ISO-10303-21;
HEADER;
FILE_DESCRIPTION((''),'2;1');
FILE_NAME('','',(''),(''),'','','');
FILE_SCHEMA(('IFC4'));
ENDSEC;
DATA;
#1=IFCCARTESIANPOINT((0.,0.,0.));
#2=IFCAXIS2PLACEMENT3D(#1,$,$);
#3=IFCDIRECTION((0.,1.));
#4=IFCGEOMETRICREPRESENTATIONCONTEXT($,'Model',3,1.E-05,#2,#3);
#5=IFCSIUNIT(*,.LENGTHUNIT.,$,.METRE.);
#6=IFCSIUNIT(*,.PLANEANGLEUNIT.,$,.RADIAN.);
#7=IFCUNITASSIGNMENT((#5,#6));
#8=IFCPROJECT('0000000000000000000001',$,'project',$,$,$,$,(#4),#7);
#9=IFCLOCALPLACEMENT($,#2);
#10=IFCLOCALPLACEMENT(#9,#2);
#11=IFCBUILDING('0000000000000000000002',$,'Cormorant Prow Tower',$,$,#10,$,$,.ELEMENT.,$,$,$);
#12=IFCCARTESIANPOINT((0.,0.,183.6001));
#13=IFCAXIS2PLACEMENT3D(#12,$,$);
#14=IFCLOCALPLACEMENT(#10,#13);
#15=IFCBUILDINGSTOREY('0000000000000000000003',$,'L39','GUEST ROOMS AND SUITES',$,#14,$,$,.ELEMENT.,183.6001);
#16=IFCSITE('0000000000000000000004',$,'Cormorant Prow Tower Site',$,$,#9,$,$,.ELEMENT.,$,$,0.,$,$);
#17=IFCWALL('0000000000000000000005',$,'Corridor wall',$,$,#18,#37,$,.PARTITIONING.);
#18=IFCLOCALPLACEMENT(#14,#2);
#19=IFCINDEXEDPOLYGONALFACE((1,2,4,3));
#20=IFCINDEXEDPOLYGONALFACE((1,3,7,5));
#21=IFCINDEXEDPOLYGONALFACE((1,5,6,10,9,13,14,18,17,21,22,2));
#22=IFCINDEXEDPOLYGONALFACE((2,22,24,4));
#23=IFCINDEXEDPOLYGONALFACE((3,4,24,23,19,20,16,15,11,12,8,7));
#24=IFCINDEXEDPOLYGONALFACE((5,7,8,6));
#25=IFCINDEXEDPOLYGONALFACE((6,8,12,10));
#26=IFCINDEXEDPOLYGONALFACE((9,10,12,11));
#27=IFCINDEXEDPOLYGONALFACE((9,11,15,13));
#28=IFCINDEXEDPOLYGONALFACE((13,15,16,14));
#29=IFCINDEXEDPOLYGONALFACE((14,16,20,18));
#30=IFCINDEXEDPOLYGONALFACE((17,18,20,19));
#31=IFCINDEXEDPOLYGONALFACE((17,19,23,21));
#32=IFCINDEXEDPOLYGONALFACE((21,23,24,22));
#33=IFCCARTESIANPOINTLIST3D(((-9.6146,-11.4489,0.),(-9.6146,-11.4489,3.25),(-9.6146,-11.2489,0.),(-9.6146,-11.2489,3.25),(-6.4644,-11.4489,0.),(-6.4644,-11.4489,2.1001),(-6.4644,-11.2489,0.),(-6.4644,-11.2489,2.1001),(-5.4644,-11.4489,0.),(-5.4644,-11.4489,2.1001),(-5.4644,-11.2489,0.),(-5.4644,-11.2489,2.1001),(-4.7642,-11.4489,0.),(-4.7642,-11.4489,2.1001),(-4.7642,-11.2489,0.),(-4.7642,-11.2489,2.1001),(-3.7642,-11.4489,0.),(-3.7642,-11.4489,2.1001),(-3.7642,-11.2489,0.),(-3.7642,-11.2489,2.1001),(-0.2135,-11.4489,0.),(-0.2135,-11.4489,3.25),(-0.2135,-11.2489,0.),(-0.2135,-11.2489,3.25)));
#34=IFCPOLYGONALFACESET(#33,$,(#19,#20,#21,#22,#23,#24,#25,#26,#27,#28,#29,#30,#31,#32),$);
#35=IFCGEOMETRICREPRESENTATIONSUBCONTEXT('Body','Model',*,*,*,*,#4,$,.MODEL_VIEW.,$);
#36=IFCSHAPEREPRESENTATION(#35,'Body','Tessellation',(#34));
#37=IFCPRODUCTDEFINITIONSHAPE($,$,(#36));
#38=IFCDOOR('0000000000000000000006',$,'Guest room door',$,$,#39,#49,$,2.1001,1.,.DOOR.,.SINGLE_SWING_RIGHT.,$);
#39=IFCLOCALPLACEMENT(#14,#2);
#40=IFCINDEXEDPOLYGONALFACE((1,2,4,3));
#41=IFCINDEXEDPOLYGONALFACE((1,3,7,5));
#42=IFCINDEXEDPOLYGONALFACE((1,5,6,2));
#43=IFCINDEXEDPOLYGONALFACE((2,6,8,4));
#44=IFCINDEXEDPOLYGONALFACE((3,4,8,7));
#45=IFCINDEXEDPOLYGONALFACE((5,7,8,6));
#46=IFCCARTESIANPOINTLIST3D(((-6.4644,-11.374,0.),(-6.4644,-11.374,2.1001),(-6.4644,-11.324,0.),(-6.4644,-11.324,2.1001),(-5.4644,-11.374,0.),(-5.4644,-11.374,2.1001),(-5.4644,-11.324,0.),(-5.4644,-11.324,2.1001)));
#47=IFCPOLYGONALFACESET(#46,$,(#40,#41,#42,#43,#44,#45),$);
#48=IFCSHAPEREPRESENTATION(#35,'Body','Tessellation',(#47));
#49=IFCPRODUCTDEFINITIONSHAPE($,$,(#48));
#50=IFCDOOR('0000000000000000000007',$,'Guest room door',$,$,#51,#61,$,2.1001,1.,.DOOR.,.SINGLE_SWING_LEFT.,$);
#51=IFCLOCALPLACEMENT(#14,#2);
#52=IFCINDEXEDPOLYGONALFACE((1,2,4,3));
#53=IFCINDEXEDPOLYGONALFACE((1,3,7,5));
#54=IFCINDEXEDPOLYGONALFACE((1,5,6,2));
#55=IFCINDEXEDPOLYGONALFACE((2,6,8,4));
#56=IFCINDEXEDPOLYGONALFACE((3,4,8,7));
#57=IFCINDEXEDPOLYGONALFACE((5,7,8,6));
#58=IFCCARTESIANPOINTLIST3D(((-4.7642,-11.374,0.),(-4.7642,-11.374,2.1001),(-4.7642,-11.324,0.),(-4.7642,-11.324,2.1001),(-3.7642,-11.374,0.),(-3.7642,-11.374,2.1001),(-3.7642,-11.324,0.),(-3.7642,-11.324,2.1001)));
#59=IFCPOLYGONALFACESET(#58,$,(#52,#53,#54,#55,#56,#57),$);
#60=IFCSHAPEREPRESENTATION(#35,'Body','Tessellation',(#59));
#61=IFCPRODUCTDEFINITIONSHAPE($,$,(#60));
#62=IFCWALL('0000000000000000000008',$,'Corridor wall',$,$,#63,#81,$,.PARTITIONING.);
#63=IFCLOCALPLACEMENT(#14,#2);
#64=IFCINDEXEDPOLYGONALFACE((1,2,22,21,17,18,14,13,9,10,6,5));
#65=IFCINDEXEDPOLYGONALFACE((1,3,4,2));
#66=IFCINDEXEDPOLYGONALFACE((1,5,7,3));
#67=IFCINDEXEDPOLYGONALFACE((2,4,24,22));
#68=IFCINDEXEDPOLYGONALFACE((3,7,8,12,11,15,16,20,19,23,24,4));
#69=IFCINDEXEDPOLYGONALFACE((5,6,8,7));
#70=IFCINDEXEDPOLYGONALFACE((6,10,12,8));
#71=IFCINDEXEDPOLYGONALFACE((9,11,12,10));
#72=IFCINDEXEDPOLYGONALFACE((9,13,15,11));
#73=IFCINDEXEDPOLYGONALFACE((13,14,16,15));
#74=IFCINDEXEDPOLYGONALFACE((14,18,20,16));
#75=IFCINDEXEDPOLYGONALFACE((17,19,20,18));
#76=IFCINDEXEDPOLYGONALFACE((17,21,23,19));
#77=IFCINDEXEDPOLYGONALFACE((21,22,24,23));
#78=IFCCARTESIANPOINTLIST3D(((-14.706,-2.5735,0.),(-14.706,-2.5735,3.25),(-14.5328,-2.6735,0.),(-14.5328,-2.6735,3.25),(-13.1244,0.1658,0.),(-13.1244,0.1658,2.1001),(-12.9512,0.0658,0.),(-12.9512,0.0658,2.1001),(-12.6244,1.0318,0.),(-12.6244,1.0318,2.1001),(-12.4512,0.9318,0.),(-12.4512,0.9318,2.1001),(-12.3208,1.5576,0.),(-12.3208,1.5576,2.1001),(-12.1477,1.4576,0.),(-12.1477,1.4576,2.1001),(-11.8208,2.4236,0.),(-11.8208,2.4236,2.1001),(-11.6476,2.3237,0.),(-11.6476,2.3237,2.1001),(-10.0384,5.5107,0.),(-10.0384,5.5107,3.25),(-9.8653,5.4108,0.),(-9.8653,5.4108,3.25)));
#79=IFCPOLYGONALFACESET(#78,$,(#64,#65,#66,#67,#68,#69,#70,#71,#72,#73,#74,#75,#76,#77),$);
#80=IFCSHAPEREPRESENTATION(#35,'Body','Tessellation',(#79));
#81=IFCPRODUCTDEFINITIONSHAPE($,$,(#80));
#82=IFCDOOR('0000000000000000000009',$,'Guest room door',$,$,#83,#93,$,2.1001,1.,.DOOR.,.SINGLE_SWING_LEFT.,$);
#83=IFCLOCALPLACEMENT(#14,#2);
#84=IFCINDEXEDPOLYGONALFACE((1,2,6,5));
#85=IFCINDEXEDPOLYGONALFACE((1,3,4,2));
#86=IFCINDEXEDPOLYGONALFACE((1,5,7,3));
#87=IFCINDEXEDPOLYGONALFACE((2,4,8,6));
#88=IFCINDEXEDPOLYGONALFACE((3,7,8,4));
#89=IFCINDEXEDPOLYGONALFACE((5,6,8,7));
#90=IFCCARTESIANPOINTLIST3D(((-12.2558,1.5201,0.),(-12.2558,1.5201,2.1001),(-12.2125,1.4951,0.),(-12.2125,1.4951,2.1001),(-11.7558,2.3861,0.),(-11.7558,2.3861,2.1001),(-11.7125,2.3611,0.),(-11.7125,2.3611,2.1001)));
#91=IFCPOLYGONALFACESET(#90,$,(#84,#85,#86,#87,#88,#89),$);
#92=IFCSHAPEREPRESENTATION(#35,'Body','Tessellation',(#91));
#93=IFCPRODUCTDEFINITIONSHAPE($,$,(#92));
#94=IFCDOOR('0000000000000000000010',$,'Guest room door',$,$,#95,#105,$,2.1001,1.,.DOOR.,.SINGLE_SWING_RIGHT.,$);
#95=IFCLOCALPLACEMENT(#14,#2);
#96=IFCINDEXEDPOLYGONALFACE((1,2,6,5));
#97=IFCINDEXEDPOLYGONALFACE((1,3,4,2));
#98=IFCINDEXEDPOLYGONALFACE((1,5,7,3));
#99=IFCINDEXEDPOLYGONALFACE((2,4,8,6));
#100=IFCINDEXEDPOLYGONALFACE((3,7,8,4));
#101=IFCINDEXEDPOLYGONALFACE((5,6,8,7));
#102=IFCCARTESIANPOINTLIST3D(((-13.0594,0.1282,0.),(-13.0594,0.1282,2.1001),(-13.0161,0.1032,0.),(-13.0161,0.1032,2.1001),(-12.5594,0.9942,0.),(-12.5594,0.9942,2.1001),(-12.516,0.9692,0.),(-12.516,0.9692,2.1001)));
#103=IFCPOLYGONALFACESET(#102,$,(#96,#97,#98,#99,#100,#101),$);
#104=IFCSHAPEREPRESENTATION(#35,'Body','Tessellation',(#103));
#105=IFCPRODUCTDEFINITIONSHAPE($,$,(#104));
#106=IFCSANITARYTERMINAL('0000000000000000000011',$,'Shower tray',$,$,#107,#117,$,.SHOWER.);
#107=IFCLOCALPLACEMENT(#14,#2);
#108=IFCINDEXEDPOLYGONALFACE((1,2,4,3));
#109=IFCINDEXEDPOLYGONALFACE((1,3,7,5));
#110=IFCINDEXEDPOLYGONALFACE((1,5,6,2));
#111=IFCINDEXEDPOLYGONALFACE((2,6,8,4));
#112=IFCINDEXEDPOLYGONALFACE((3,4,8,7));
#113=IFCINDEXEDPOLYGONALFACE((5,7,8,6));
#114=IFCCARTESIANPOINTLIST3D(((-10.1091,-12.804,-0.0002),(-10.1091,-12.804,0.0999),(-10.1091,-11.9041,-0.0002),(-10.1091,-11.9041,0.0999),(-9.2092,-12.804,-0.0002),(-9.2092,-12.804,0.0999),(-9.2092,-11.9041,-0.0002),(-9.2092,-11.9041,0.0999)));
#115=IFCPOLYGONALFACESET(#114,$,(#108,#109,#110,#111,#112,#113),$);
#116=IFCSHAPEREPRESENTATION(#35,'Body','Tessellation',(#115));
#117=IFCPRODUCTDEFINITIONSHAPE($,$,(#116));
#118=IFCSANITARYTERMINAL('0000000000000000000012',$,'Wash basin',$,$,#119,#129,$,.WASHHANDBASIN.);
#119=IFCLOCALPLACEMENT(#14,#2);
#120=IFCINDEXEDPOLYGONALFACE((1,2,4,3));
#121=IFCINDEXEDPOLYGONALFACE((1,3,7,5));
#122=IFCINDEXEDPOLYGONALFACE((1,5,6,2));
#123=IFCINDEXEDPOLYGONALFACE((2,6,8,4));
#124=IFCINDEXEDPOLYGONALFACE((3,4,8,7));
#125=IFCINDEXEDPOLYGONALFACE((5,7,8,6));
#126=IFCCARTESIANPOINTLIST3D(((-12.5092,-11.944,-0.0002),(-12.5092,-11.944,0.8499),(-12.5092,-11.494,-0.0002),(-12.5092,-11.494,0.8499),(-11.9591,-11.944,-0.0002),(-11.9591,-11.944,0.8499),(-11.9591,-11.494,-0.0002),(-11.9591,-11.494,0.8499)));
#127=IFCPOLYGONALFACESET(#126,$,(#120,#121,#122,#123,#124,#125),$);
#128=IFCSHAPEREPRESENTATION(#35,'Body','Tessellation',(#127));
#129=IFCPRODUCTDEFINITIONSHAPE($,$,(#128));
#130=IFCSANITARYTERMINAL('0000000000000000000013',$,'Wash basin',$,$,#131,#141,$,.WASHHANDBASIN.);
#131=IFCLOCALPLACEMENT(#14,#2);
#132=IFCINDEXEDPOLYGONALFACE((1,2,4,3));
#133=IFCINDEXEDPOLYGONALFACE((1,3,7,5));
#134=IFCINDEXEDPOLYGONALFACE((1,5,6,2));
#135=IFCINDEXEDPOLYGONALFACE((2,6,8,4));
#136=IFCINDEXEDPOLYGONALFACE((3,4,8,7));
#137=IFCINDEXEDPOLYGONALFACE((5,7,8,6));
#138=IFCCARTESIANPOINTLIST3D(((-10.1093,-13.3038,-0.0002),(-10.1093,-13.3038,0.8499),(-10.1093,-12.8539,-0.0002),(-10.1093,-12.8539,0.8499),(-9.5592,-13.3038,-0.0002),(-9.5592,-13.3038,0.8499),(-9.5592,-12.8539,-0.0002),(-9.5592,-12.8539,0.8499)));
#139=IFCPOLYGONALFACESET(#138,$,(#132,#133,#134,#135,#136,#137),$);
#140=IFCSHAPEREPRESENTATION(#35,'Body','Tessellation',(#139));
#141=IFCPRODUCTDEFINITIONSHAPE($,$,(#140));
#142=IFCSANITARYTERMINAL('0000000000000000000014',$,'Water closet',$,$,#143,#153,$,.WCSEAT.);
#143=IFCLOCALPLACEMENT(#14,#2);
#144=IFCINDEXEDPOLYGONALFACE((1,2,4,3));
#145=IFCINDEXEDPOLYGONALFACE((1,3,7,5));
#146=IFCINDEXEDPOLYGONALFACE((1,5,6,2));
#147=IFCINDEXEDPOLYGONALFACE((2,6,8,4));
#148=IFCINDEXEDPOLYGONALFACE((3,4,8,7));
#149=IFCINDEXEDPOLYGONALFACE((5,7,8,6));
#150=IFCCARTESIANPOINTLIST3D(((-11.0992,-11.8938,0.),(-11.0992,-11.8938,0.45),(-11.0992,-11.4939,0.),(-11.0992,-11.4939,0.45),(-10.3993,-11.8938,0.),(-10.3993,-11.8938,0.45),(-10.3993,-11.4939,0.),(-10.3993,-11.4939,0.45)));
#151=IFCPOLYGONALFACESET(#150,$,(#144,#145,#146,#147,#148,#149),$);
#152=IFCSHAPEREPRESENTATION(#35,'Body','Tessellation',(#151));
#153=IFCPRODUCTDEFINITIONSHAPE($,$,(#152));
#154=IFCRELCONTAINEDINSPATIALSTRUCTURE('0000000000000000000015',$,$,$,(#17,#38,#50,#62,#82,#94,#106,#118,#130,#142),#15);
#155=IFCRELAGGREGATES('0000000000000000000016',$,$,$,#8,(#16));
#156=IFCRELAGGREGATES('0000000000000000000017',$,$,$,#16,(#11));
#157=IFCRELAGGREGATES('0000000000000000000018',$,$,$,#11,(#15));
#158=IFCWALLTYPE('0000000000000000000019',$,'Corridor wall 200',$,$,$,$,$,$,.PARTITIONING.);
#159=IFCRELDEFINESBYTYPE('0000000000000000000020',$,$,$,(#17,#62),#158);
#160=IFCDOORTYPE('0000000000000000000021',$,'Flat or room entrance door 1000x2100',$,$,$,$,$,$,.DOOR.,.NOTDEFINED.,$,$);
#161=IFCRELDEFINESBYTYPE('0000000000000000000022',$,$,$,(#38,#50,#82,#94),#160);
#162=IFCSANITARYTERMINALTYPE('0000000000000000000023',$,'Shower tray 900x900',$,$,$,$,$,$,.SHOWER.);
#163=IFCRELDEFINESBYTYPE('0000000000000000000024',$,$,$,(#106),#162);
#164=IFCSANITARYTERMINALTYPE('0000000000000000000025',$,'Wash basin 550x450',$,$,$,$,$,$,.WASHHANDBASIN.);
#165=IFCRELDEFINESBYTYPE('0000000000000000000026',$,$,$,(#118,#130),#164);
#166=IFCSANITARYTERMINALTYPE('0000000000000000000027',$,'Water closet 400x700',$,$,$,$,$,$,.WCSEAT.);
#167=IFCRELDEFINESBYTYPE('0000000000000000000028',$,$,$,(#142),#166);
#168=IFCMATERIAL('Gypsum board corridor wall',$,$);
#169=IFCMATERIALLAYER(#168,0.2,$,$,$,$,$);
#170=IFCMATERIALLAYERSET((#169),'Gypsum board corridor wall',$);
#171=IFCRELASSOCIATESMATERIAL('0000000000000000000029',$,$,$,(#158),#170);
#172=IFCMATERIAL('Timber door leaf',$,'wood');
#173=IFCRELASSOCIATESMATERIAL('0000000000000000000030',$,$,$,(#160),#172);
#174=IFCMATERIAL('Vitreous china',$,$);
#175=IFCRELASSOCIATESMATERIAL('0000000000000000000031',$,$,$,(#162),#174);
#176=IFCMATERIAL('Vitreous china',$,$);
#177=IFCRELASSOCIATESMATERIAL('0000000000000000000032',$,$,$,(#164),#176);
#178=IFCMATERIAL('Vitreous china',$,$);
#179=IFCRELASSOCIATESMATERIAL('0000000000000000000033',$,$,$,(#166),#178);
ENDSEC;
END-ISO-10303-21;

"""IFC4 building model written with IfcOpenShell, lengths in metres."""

from ifc_helpers import new_model, si_unit, direction, frame, frame_2d, origin, origin_2d, place, context, subcontext, project, spatial, rectangle, extrude, material, layer, layer_set, type_object, element, fill, save


model = new_model("IFC4")

# Units and contexts
model_context = context("Model", 3, precision=1e-05, world=origin(), true_north=direction((0.0, 1.0)))
body_context = subcontext(model_context, "Body", "Model", "MODEL_VIEW")
ifc_project = project(units=[si_unit("LENGTHUNIT", "METRE"), si_unit("PLANEANGLEUNIT", "RADIAN")], contexts=[model_context])

# Site, building, storey
site_placement = place(None, origin())
site = spatial("IfcSite", under=ifc_project, at=site_placement, Name="Cormorant Prow Tower Site", CompositionType="ELEMENT", RefElevation=0.0)
building_placement = place(site_placement, origin())
building = spatial("IfcBuilding", under=site, at=building_placement, Name="Cormorant Prow Tower", CompositionType="ELEMENT")
storey_placement = place(building_placement, frame((0.0, 0.0, 183.6001)))
storey = spatial("IfcBuildingStorey", under=building, at=storey_placement, Name="L39", Description="GUEST ROOMS AND SUITES", CompositionType="ELEMENT", Elevation=183.6001)

# Walls, openings, doors
ifc_material_1 = material(Name="Gypsum board corridor wall")
ifc_layer_1 = layer(ifc_material_1, 0.2)
ifc_layer_set_1 = layer_set([ifc_layer_1], Name="Gypsum board corridor wall")
wall_type_1 = type_object("IfcWallType", Name="Corridor wall 200", PredefinedType="PARTITIONING", material=ifc_layer_set_1)
wall_1_placement = place(storey_placement, frame((-9.6147, -11.3489, 0.0), z_axis=(0.0, 0.0, 1.0), x_axis=(1.0, 0.0, 0.0)))
wall_1 = element("IfcWall", 1, at=wall_1_placement, inside=storey, type_object=wall_type_1, Name="Corridor wall", PredefinedType="PARTITIONING", context=body_context, shape_type="SweptSolid", body=[
    extrude(rectangle(XDim=9.4011, YDim=0.2, at=frame_2d((4.7007, 0.0))), origin(), (0.0, 0.0, 1.0), 3.25),
])
opening_1_placement = place(wall_1_placement, frame((3.1504, 0.0, 0.0)))
opening_1 = element("IfcOpeningElement", 2, at=opening_1_placement, cuts=wall_1, PredefinedType="OPENING", context=body_context, shape_type="SweptSolid", body=[
    extrude(rectangle(XDim=1.0, YDim=2.1001, at=frame_2d((0.5, 1.05))), frame((0.0, 0.1099, 0.0), z_axis=(0.0, -1.0, 0.0), x_axis=(1.0, 0.0, 0.0)), (0.0, 0.0, 1.0), 0.22),
])
opening_2_placement = place(wall_1_placement, frame((4.8506, 0.0, 0.0)))
opening_2 = element("IfcOpeningElement", 3, at=opening_2_placement, cuts=wall_1, PredefinedType="OPENING", context=body_context, shape_type="SweptSolid", body=[
    extrude(rectangle(XDim=1.0, YDim=2.1001, at=frame_2d((0.5, 1.05))), frame((0.0, 0.1099, 0.0), z_axis=(0.0, -1.0, 0.0), x_axis=(1.0, 0.0, 0.0)), (0.0, 0.0, 1.0), 0.22),
])
ifc_material_2 = material(Name="Timber door leaf", Category="wood")
door_type_1 = type_object("IfcDoorType", Name="Flat or room entrance door 1000x2100", OperationType="NOTDEFINED", PredefinedType="DOOR", material=ifc_material_2)
door_1_placement = place(opening_1_placement, origin())
door_1 = element("IfcDoor", 4, at=door_1_placement, inside=storey, type_object=door_type_1, Name="Guest room door", OperationType="SINGLE_SWING_RIGHT", OverallHeight=2.1001, OverallWidth=1.0, PredefinedType="DOOR", context=body_context, shape_type="SweptSolid", body=[
    extrude(rectangle(XDim=1.0, YDim=2.1001, at=frame_2d((0.5, 1.05))), frame((0.0, 0.0249, 0.0), z_axis=(0.0, -1.0, 0.0), x_axis=(1.0, 0.0, 0.0)), (0.0, 0.0, 1.0), 0.05),
])
fill(opening_1, door_1)
door_2_placement = place(opening_2_placement, origin())
door_2 = element("IfcDoor", 5, at=door_2_placement, inside=storey, type_object=door_type_1, Name="Guest room door", OperationType="SINGLE_SWING_LEFT", OverallHeight=2.1001, OverallWidth=1.0, PredefinedType="DOOR", context=body_context, shape_type="SweptSolid", body=[
    extrude(rectangle(XDim=1.0, YDim=2.1001, at=frame_2d((0.5, 1.05))), frame((0.0, 0.0249, 0.0), z_axis=(0.0, -1.0, 0.0), x_axis=(1.0, 0.0, 0.0)), (0.0, 0.0, 1.0), 0.05),
])
fill(opening_2, door_2)
wall_2_placement = place(storey_placement, frame((-14.6194, -2.6235, 0.0), z_axis=(0.0, 0.0, 1.0), x_axis=(0.500004, 0.866023, 0.0)))
wall_2 = element("IfcWall", 6, at=wall_2_placement, inside=storey, type_object=wall_type_1, Name="Corridor wall", PredefinedType="PARTITIONING", context=body_context, shape_type="SweptSolid", body=[
    extrude(rectangle(XDim=9.335, YDim=0.2, at=frame_2d((4.6675, 0.0))), origin(), (0.0, 0.0, 1.0), 3.25),
])
opening_3_placement = place(wall_2_placement, frame((4.7703, 0.0, 0.0)))
opening_3 = element("IfcOpeningElement", 7, at=opening_3_placement, cuts=wall_2, PredefinedType="OPENING", context=body_context, shape_type="SweptSolid", body=[
    extrude(rectangle(XDim=1.0, YDim=2.1001, at=frame_2d((0.5, 1.05))), frame((0.0, 0.1099, 0.0), z_axis=(0.0, -1.0, 0.0), x_axis=(1.0, 0.0, 0.0)), (0.0, 0.0, 1.0), 0.22),
])
opening_4_placement = place(wall_2_placement, frame((3.1631, 0.0, 0.0)))
opening_4 = element("IfcOpeningElement", 8, at=opening_4_placement, cuts=wall_2, PredefinedType="OPENING", context=body_context, shape_type="SweptSolid", body=[
    extrude(rectangle(XDim=1.0, YDim=2.1001, at=frame_2d((0.5, 1.05))), frame((0.0, 0.1099, 0.0), z_axis=(0.0, -1.0, 0.0), x_axis=(1.0, 0.0, 0.0)), (0.0, 0.0, 1.0), 0.22),
])
door_3_placement = place(opening_3_placement, origin())
door_3 = element("IfcDoor", 9, at=door_3_placement, inside=storey, type_object=door_type_1, Name="Guest room door", OperationType="SINGLE_SWING_LEFT", OverallHeight=2.1001, OverallWidth=1.0, PredefinedType="DOOR", context=body_context, shape_type="SweptSolid", body=[
    extrude(rectangle(XDim=1.0, YDim=2.1001, at=frame_2d((0.5, 1.05))), frame((0.0, 0.0249, 0.0), z_axis=(0.0, -1.0, 0.0), x_axis=(1.0, 0.0, 0.0)), (0.0, 0.0, 1.0), 0.05),
])
fill(opening_3, door_3)
door_4_placement = place(opening_4_placement, origin())
door_4 = element("IfcDoor", 10, at=door_4_placement, inside=storey, type_object=door_type_1, Name="Guest room door", OperationType="SINGLE_SWING_RIGHT", OverallHeight=2.1001, OverallWidth=1.0, PredefinedType="DOOR", context=body_context, shape_type="SweptSolid", body=[
    extrude(rectangle(XDim=1.0, YDim=2.1001, at=frame_2d((0.5, 1.05))), frame((0.0, 0.0249, 0.0), z_axis=(0.0, -1.0, 0.0), x_axis=(1.0, 0.0, 0.0)), (0.0, 0.0, 1.0), 0.05),
])
fill(opening_4, door_4)

# Sanitary terminals
ifc_material_3 = material(Name="Vitreous china")
sanitary_terminal_type_1 = type_object("IfcSanitaryTerminalType", Name="Shower tray 900x900", PredefinedType="SHOWER", material=ifc_material_3)
sanitary_terminal_1_placement = place(storey_placement, frame((-9.6592, -12.354, -0.0002), z_axis=(0.0, 0.0, 1.0), x_axis=(1.0, 0.0, 0.0)))
element("IfcSanitaryTerminal", 11, at=sanitary_terminal_1_placement, inside=storey, type_object=sanitary_terminal_type_1, Name="Shower tray", PredefinedType="SHOWER", context=body_context, shape_type="SweptSolid", body=[
    extrude(rectangle(XDim=0.8999, YDim=0.8999, at=origin_2d()), origin(), (0.0, 0.0, 1.0), 0.1001),
])
ifc_material_4 = material(Name="Vitreous china")
sanitary_terminal_type_2 = type_object("IfcSanitaryTerminalType", Name="Wash basin 550x450", PredefinedType="WASHHANDBASIN", material=ifc_material_4)
for number, where, z_axis, x_axis, name in (
    (12, (-12.2341, -11.719, -0.0002), (0.0, 0.0, 1.0), (1.0, 0.0, 0.0), "Wash basin"),
    (13, (-9.8342, -13.0789, -0.0002), (0.0, 0.0, 1.0), (1.0, 0.0, 0.0), "Wash basin"),
):
    element("IfcSanitaryTerminal", number, at=place(storey_placement, frame(where, z_axis=z_axis, x_axis=x_axis)), inside=storey, type_object=sanitary_terminal_type_2, Name=name, PredefinedType="WASHHANDBASIN", context=body_context, shape_type="SweptSolid", body=[
        extrude(rectangle(XDim=0.55, YDim=0.45, at=origin_2d()), origin(), (0.0, 0.0, 1.0), 0.8501),
    ])
ifc_material_5 = material(Name="Vitreous china")
sanitary_terminal_type_3 = type_object("IfcSanitaryTerminalType", Name="Water closet 400x700", PredefinedType="WCSEAT", material=ifc_material_5)
sanitary_terminal_2_placement = place(storey_placement, frame((-10.7493, -11.6938, 0.0), z_axis=(0.0, 0.0, 1.0), x_axis=(0.0, -1.0, 0.0)))
element("IfcSanitaryTerminal", 14, at=sanitary_terminal_2_placement, inside=storey, type_object=sanitary_terminal_type_3, Name="Water closet", PredefinedType="WCSEAT", context=body_context, shape_type="SweptSolid", body=[
    extrude(rectangle(XDim=0.3999, YDim=0.7, at=origin_2d()), origin(), (0.0, 0.0, 1.0), 0.45),
])

save(model, "model.ifc")
